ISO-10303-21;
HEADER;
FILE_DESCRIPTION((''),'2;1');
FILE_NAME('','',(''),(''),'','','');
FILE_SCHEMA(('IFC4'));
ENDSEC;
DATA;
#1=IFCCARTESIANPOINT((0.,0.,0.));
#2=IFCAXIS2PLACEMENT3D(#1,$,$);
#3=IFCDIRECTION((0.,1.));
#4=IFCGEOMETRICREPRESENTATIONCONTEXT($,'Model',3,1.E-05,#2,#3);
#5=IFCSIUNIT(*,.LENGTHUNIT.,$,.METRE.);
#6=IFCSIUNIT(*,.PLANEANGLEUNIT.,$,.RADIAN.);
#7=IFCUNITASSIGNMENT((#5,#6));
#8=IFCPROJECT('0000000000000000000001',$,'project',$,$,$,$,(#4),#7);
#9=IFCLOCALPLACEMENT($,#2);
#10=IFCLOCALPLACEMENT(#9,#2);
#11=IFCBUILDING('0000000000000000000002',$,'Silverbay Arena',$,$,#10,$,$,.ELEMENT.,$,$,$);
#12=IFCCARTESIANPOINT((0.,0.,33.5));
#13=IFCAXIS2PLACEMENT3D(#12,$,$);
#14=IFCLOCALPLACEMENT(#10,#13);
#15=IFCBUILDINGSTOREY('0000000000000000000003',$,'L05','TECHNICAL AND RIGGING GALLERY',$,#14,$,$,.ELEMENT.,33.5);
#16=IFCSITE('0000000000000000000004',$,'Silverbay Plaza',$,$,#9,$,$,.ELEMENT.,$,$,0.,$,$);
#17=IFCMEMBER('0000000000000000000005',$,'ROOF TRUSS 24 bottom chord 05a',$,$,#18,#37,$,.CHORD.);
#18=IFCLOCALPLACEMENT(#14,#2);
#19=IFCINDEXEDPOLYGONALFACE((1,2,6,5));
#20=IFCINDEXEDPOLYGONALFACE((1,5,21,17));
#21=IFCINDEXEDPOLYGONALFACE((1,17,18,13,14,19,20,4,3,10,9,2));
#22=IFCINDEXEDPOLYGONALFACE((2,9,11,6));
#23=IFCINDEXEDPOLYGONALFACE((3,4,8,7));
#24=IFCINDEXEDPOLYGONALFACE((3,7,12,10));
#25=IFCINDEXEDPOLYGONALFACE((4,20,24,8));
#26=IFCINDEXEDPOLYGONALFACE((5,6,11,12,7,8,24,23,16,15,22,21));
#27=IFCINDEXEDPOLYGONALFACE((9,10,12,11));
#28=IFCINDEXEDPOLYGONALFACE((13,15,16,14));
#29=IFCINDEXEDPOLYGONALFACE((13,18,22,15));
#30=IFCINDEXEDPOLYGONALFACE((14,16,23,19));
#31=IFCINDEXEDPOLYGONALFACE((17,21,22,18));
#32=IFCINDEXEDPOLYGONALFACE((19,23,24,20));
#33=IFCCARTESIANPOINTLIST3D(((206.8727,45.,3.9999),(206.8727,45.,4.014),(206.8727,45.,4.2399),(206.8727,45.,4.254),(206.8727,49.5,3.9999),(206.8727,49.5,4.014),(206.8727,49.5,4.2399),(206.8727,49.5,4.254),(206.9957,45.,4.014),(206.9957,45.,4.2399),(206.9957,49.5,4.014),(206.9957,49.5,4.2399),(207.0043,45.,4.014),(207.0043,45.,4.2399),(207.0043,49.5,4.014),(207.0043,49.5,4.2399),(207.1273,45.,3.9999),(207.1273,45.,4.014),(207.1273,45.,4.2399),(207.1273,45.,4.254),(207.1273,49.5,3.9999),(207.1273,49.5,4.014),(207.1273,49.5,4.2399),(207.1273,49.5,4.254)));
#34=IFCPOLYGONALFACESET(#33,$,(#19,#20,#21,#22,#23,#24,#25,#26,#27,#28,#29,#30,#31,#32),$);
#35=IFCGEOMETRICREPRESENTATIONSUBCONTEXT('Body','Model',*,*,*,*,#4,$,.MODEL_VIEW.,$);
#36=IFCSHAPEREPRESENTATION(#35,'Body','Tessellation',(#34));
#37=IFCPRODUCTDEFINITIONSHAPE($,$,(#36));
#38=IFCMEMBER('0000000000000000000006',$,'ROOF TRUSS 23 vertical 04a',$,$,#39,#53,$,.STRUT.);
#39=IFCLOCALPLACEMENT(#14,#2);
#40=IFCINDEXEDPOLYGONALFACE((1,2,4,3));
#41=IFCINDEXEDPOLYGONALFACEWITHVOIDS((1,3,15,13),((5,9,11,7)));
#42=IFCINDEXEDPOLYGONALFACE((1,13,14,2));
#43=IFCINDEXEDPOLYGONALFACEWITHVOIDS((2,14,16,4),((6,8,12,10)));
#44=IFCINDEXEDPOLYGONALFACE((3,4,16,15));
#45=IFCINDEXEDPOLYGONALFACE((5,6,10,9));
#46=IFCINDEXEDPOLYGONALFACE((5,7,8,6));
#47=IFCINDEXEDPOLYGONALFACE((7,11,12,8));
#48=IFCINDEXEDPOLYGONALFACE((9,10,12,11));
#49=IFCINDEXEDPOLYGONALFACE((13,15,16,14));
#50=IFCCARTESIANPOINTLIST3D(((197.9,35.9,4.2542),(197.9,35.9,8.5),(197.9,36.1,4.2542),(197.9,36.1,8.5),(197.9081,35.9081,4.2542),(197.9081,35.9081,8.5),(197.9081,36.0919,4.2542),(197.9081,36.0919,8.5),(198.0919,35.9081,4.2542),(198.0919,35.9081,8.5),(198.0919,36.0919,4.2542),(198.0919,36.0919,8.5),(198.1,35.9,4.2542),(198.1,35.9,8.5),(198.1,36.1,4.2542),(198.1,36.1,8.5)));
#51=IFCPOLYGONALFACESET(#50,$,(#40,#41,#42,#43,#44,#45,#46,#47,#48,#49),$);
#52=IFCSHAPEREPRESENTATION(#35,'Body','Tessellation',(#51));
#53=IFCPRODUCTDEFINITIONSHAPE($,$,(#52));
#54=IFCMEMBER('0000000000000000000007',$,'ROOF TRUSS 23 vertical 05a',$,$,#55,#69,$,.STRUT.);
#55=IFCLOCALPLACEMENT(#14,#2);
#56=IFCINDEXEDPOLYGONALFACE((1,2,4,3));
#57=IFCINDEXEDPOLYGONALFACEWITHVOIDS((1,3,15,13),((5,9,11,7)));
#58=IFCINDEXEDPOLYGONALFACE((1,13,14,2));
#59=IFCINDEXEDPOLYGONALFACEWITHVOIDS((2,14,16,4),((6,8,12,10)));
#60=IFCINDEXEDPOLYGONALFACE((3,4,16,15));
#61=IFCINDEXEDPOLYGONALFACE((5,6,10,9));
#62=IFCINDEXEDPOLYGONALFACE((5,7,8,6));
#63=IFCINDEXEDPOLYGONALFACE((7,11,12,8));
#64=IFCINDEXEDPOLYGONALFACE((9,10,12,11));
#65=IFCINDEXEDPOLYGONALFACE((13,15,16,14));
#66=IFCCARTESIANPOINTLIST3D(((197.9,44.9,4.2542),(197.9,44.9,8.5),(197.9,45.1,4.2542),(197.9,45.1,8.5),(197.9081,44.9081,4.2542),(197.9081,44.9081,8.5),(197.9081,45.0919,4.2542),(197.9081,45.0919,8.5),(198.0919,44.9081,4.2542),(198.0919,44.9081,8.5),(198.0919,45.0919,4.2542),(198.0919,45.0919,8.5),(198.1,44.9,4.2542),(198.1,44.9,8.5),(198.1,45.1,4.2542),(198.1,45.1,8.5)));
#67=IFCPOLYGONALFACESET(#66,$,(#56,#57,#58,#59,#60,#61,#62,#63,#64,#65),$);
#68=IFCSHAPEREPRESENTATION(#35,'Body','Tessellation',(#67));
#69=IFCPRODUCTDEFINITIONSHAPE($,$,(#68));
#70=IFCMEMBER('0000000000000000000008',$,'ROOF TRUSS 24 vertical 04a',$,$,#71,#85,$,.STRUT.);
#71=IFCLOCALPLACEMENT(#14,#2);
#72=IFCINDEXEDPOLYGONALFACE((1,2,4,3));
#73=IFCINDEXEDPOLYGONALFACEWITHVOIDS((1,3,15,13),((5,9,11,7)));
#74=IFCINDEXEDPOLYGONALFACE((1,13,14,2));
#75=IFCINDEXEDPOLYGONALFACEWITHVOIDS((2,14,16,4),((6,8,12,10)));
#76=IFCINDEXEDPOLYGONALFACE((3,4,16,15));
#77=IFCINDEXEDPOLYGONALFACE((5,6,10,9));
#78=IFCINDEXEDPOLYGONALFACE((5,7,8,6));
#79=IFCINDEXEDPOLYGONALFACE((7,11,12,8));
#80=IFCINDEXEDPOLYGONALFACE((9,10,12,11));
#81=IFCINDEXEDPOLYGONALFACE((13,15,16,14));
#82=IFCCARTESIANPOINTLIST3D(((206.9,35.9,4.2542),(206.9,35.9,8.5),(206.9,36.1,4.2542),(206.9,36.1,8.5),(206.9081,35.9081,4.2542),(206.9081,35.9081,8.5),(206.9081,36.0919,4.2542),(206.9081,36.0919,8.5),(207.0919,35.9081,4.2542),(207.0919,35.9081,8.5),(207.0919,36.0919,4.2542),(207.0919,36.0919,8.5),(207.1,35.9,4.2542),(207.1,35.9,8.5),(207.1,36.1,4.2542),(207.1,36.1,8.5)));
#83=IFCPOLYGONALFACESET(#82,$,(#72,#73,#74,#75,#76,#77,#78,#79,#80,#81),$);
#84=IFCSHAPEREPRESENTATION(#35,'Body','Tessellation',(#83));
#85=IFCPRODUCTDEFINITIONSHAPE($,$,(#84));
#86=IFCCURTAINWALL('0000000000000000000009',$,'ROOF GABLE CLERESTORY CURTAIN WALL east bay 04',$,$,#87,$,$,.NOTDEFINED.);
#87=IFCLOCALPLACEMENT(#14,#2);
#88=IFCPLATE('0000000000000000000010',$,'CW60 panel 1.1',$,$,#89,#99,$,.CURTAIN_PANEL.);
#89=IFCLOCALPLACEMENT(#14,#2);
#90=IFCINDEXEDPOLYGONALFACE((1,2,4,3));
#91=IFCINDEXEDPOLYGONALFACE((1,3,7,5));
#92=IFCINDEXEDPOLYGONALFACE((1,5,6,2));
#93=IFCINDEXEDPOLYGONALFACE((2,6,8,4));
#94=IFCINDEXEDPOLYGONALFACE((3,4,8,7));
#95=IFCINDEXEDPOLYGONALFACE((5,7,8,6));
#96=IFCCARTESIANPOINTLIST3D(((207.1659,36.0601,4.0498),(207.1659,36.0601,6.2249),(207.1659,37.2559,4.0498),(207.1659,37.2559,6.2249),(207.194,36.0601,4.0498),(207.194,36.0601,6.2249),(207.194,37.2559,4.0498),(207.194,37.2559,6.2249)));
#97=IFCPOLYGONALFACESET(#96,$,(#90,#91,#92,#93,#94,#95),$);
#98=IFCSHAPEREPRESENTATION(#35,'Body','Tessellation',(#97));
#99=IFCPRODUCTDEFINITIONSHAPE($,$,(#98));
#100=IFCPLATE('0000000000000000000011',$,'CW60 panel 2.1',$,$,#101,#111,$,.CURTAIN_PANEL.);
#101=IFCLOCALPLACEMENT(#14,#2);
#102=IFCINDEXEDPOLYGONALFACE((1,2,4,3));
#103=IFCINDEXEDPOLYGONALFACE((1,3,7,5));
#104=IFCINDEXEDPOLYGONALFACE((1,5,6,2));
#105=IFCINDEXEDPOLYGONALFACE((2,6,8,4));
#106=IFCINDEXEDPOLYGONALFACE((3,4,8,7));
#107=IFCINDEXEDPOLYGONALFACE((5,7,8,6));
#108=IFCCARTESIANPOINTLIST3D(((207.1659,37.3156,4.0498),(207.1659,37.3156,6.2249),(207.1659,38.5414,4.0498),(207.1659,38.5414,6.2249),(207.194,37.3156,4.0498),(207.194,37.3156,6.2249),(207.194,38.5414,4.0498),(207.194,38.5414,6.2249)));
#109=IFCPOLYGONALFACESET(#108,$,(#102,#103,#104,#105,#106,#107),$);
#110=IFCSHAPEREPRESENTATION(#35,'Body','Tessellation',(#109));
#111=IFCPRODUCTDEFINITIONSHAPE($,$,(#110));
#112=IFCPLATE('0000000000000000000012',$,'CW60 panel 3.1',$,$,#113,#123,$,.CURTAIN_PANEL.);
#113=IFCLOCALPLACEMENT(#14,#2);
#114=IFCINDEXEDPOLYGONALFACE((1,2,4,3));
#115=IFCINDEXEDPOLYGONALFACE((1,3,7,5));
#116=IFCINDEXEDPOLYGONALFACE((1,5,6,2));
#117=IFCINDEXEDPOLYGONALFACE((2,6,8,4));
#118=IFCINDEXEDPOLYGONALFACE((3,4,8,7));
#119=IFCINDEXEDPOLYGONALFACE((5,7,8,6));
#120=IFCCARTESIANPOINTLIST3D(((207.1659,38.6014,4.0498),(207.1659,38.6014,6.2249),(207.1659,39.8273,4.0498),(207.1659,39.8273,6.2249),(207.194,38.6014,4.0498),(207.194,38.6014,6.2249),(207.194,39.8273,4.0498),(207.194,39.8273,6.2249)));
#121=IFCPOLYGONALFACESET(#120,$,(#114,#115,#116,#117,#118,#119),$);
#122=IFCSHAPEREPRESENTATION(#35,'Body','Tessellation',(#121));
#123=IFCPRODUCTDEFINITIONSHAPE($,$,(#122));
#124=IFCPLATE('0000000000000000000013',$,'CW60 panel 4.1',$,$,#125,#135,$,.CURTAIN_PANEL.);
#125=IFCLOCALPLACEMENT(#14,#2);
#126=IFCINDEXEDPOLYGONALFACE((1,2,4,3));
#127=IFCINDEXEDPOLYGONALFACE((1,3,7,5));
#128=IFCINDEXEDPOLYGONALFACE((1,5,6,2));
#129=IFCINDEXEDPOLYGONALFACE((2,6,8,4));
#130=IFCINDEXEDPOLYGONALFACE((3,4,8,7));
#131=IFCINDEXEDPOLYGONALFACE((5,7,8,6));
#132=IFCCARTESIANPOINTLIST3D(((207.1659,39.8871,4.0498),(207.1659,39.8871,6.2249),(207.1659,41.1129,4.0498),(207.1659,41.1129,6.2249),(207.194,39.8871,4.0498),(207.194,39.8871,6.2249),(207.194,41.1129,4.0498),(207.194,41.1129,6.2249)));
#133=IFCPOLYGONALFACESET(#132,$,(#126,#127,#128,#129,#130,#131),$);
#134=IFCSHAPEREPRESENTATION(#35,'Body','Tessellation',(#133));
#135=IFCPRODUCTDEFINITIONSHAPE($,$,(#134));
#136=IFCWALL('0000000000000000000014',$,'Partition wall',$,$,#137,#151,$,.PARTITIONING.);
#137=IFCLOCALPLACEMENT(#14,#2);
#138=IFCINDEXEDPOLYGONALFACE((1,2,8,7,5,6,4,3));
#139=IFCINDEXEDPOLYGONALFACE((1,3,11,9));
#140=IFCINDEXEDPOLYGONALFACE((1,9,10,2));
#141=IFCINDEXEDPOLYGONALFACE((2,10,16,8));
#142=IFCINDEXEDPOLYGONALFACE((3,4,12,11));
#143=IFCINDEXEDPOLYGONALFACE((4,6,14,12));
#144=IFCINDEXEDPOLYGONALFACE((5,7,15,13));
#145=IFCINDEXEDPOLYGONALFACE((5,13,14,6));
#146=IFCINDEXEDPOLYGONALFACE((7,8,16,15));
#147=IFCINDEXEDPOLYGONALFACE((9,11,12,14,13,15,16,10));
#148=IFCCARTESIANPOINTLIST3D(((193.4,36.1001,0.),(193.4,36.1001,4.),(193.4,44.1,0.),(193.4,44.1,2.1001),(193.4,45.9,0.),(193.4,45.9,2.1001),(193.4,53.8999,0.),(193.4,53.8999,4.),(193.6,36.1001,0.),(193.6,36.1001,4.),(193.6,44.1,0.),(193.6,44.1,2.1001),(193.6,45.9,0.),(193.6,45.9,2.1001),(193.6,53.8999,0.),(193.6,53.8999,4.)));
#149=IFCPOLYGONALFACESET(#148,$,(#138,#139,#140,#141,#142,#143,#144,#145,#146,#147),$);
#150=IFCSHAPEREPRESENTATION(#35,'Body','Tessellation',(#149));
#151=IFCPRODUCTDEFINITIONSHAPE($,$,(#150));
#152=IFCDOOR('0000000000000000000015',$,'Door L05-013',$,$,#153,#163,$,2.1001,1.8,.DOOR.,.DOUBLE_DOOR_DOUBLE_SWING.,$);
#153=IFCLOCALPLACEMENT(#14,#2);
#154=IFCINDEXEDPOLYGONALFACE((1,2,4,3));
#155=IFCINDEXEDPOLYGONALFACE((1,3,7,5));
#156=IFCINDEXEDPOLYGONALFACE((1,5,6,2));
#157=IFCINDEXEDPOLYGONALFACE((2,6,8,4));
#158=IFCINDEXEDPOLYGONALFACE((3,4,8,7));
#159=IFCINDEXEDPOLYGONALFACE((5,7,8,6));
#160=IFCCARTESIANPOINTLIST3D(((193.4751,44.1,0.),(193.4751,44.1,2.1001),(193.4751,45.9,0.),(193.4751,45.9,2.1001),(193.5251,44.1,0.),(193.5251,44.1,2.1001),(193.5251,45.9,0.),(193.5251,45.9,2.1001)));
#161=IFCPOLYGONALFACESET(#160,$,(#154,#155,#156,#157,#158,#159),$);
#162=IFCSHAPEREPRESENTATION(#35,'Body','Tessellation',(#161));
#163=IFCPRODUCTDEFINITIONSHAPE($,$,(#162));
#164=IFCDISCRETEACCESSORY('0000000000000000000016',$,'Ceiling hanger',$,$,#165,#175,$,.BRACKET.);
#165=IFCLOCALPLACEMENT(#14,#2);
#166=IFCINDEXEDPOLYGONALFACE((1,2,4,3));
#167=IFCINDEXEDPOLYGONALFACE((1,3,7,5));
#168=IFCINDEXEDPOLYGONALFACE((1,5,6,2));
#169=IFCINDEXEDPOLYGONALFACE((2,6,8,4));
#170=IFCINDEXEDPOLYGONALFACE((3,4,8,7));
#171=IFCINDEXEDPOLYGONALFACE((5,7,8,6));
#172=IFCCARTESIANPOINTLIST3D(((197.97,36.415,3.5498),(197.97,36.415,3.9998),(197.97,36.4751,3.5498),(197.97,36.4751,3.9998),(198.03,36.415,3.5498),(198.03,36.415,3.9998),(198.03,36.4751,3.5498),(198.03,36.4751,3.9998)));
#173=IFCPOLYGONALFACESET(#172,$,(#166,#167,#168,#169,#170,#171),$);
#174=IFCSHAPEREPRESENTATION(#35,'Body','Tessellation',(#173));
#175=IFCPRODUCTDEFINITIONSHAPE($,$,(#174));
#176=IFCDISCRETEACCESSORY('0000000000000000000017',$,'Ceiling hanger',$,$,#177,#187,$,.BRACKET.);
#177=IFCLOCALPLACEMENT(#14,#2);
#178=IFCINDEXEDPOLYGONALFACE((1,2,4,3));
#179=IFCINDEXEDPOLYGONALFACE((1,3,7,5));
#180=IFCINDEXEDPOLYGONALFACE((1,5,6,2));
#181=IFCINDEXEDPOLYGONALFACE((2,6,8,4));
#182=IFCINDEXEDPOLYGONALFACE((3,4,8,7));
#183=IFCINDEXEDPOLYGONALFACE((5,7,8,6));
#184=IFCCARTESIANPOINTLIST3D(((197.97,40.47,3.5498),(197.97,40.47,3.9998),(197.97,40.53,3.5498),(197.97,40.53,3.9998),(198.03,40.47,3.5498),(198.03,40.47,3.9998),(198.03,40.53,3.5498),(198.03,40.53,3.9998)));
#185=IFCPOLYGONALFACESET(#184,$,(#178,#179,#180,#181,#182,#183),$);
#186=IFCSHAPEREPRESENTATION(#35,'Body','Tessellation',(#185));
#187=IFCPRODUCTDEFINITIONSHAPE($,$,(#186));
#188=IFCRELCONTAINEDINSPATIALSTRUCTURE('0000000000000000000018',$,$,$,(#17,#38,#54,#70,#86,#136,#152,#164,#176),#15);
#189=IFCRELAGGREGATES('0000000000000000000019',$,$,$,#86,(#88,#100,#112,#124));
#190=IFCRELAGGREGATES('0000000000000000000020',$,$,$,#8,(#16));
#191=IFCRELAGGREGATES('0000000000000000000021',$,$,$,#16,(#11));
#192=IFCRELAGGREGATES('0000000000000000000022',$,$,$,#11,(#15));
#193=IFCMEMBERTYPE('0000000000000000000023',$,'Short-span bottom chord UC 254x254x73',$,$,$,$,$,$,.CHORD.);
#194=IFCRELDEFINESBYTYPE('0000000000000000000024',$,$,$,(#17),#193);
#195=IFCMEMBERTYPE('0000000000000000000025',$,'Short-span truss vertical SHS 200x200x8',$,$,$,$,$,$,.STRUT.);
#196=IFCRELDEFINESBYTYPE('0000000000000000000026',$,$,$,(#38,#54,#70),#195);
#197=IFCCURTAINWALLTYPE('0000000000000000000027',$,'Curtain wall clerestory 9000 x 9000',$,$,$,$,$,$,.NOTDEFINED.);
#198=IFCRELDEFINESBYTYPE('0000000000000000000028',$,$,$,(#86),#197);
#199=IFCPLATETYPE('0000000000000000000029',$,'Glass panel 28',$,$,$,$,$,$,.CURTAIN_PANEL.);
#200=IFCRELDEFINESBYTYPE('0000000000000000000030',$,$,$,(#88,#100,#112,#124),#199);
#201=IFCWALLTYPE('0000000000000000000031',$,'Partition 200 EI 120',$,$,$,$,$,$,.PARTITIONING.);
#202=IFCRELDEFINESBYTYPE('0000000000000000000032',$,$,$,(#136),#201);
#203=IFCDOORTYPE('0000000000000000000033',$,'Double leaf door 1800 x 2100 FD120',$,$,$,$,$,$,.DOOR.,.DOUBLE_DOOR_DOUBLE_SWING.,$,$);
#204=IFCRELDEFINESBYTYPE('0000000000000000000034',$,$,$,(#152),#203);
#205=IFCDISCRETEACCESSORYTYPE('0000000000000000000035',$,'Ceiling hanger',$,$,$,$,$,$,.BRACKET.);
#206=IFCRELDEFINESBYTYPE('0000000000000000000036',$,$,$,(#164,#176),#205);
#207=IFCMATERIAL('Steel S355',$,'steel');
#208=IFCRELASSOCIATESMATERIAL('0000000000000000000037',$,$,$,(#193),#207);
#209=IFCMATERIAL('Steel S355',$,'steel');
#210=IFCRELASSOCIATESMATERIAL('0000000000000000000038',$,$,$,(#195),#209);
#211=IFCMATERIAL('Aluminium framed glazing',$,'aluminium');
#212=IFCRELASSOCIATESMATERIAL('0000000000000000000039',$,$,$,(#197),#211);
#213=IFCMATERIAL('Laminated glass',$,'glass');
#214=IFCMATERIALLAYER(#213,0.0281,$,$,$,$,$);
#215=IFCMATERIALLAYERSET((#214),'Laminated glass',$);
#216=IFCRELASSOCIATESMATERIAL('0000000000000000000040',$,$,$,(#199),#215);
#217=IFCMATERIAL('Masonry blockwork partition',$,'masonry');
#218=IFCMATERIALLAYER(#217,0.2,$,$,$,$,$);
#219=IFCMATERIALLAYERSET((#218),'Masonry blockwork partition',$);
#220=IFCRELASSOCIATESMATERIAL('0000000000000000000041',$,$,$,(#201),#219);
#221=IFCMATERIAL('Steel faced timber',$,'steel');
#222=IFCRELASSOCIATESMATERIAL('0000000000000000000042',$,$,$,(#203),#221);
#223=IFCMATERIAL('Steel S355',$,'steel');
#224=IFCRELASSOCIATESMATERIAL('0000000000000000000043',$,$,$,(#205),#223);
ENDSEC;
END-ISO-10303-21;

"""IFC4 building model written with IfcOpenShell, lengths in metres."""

from ifc_helpers import new_model, si_unit, direction, frame, frame_2d, origin, origin_2d, place, context, subcontext, project, spatial, rectangle, hollow_rectangle, i_section, extrude, material, layer, layer_set, material_profile, profile_set, type_object, element, fill, aggregate, save


model = new_model("IFC4")

# Units and contexts
model_context = context("Model", 3, precision=1e-05, world=origin(), true_north=direction((0.0, 1.0)))
body_context = subcontext(model_context, "Body", "Model", "MODEL_VIEW")
ifc_project = project(units=[si_unit("LENGTHUNIT", "METRE"), si_unit("PLANEANGLEUNIT", "RADIAN")], contexts=[model_context])

# Site, building, storey
site_placement = place(None, origin())
site = spatial("IfcSite", under=ifc_project, at=site_placement, Name="Silverbay Plaza", CompositionType="ELEMENT", RefElevation=0.0)
building_placement = place(site_placement, origin())
building = spatial("IfcBuilding", under=site, at=building_placement, Name="Silverbay Arena", CompositionType="ELEMENT")
storey_placement = place(building_placement, frame((0.0, 0.0, 33.5)))
storey = spatial("IfcBuildingStorey", under=building, at=storey_placement, Name="L05", Description="TECHNICAL AND RIGGING GALLERY", CompositionType="ELEMENT", Elevation=33.5)

# Members
ifc_material_1 = material(Name="Steel S355", Category="steel")
ifc_material_profile_1 = material_profile(ifc_material_1, i_section(OverallWidth=0.2546, OverallDepth=0.2542, WebThickness=0.0085, FlangeThickness=0.0142, at=origin_2d()), Name="UC 254x254x73")
ifc_profile_set_1 = profile_set([ifc_material_profile_1], Name="Steel S355")
member_type_1 = type_object("IfcMemberType", Name="Short-span bottom chord UC 254x254x73", PredefinedType="CHORD", material=ifc_profile_set_1)
for number, where, z_axis, x_axis, name in (
    (1, (207.0, 45.0, 4.127), (0.0, 1.0, 0.0), (-1.0, 0.0, 0.0), "ROOF TRUSS 24 bottom chord 05a"),
):
    element("IfcMember", number, at=place(storey_placement, frame(where, z_axis=z_axis, x_axis=x_axis)), inside=storey, type_object=member_type_1, Name=name, PredefinedType="CHORD", context=body_context, shape_type="SweptSolid", body=[
        extrude(i_section(OverallWidth=0.2546, OverallDepth=0.2542, WebThickness=0.0085, FlangeThickness=0.0142, at=origin_2d()), origin(), (0.0, 0.0, 1.0), 4.5),
    ])
ifc_material_2 = material(Name="Steel S355", Category="steel")
ifc_material_profile_2 = material_profile(ifc_material_2, hollow_rectangle(XDim=0.2, YDim=0.2, WallThickness=0.0081, at=origin_2d()), Name="SHS 200x200x8")
ifc_profile_set_2 = profile_set([ifc_material_profile_2], Name="Steel S355")
member_type_2 = type_object("IfcMemberType", Name="Short-span truss vertical SHS 200x200x8", PredefinedType="STRUT", material=ifc_profile_set_2)
for number, where, z_axis, x_axis, name in (
    (2, (198.0, 36.0, 4.2542), (0.0, 0.0, 1.0), (1.0, 0.0, 0.0), "ROOF TRUSS 23 vertical 04a"),
    (3, (198.0, 45.0, 4.2542), (0.0, 0.0, 1.0), (1.0, 0.0, 0.0), "ROOF TRUSS 23 vertical 05a"),
    (4, (207.0, 36.0, 4.2542), (0.0, 0.0, 1.0), (1.0, 0.0, 0.0), "ROOF TRUSS 24 vertical 04a"),
):
    element("IfcMember", number, at=place(storey_placement, frame(where, z_axis=z_axis, x_axis=x_axis)), inside=storey, type_object=member_type_2, Name=name, PredefinedType="STRUT", context=body_context, shape_type="SweptSolid", body=[
        extrude(hollow_rectangle(XDim=0.2, YDim=0.2, WallThickness=0.0081, at=origin_2d()), origin(), (0.0, 0.0, 1.0), 4.2458),
    ])

# Curtain wall, plates
ifc_material_3 = material(Name="Aluminium framed glazing", Category="aluminium")
curtain_wall_type = type_object("IfcCurtainWallType", Name="Curtain wall clerestory 9000 x 9000", PredefinedType="NOTDEFINED", material=ifc_material_3)
curtain_wall_placement = place(storey_placement, origin())
curtain_wall = element("IfcCurtainWall", 5, at=curtain_wall_placement, inside=storey, type_object=curtain_wall_type, Name="ROOF GABLE CLERESTORY CURTAIN WALL east bay 04", PredefinedType="NOTDEFINED")
ifc_material_4 = material(Name="Laminated glass", Category="glass")
ifc_layer_1 = layer(ifc_material_4, 0.0281)
ifc_layer_set_1 = layer_set([ifc_layer_1], Name="Laminated glass")
plate_type = type_object("IfcPlateType", Name="Glass panel 28", PredefinedType="CURTAIN_PANEL", material=ifc_layer_set_1)
plate_1_placement = place(storey_placement, frame((207.1799, 36.658, 4.0498), z_axis=(0.0, 0.0, 1.0), x_axis=(0.0, 1.0, 0.0)))
plate_1 = element("IfcPlate", 6, at=plate_1_placement, type_object=plate_type, Name="CW60 panel 1.1", PredefinedType="CURTAIN_PANEL", context=body_context, shape_type="SweptSolid", body=[
    extrude(rectangle(XDim=1.1958, YDim=0.0281, at=origin_2d()), origin(), (0.0, 0.0, 1.0), 2.175),
])
plate_2_placement = place(storey_placement, frame((207.1799, 37.9285, 4.0498), z_axis=(0.0, 0.0, 1.0), x_axis=(0.0, 1.0, 0.0)))
plate_2 = element("IfcPlate", 7, at=plate_2_placement, type_object=plate_type, Name="CW60 panel 2.1", PredefinedType="CURTAIN_PANEL", context=body_context, shape_type="SweptSolid", body=[
    extrude(rectangle(XDim=1.2258, YDim=0.0281, at=origin_2d()), origin(), (0.0, 0.0, 1.0), 2.175),
])
plate_3_placement = place(storey_placement, frame((207.1799, 39.2144, 4.0498), z_axis=(0.0, 0.0, 1.0), x_axis=(0.0, 1.0, 0.0)))
plate_3 = element("IfcPlate", 8, at=plate_3_placement, type_object=plate_type, Name="CW60 panel 3.1", PredefinedType="CURTAIN_PANEL", context=body_context, shape_type="SweptSolid", body=[
    extrude(rectangle(XDim=1.2258, YDim=0.0281, at=origin_2d()), origin(), (0.0, 0.0, 1.0), 2.175),
])
plate_4_placement = place(storey_placement, frame((207.1799, 40.5, 4.0498), z_axis=(0.0, 0.0, 1.0), x_axis=(0.0, 1.0, 0.0)))
plate_4 = element("IfcPlate", 9, at=plate_4_placement, type_object=plate_type, Name="CW60 panel 4.1", PredefinedType="CURTAIN_PANEL", context=body_context, shape_type="SweptSolid", body=[
    extrude(rectangle(XDim=1.2258, YDim=0.0281, at=origin_2d()), origin(), (0.0, 0.0, 1.0), 2.175),
])
aggregate(curtain_wall, [plate_1, plate_2, plate_3, plate_4])

# Wall, opening, door
ifc_material_5 = material(Name="Masonry blockwork partition", Category="masonry")
ifc_layer_2 = layer(ifc_material_5, 0.2)
ifc_layer_set_2 = layer_set([ifc_layer_2], Name="Masonry blockwork partition")
wall_type = type_object("IfcWallType", Name="Partition 200 EI 120", PredefinedType="PARTITIONING", material=ifc_layer_set_2)
wall_placement = place(storey_placement, frame((193.5, 36.1001, 0.0), z_axis=(0.0, 0.0, 1.0), x_axis=(0.0, 1.0, 0.0)))
wall = element("IfcWall", 10, at=wall_placement, inside=storey, type_object=wall_type, Name="Partition wall", PredefinedType="PARTITIONING", context=body_context, shape_type="SweptSolid", body=[
    extrude(rectangle(XDim=17.7998, YDim=0.2, at=frame_2d((8.8999, 0.0))), origin(), (0.0, 0.0, 1.0), 4.0),
])
opening_placement = place(wall_placement, frame((8.0, 0.0, 0.0)))
opening = element("IfcOpeningElement", 11, at=opening_placement, cuts=wall, PredefinedType="OPENING", context=body_context, shape_type="SweptSolid", body=[
    extrude(rectangle(XDim=1.8, YDim=2.1001, at=frame_2d((0.8999, 1.05))), frame((0.0, 0.1099, 0.0), z_axis=(0.0, -1.0, 0.0), x_axis=(1.0, 0.0, 0.0)), (0.0, 0.0, 1.0), 0.22),
])
ifc_material_6 = material(Name="Steel faced timber", Category="steel")
door_type = type_object("IfcDoorType", Name="Double leaf door 1800 x 2100 FD120", OperationType="DOUBLE_DOOR_DOUBLE_SWING", PredefinedType="DOOR", material=ifc_material_6)
door_placement = place(opening_placement, origin())
door = element("IfcDoor", 12, at=door_placement, inside=storey, type_object=door_type, Name="Door L05-013", OperationType="DOUBLE_DOOR_DOUBLE_SWING", OverallHeight=2.1001, OverallWidth=1.8, PredefinedType="DOOR", context=body_context, shape_type="SweptSolid", body=[
    extrude(rectangle(XDim=1.8, YDim=2.1001, at=frame_2d((0.8999, 1.05))), frame((0.0, 0.0249, 0.0), z_axis=(0.0, -1.0, 0.0), x_axis=(1.0, 0.0, 0.0)), (0.0, 0.0, 1.0), 0.05),
])
fill(opening, door)

# Discrete accessories
ifc_material_7 = material(Name="Steel S355", Category="steel")
discrete_accessory_type_1 = type_object("IfcDiscreteAccessoryType", Name="Ceiling hanger", PredefinedType="BRACKET", material=ifc_material_7)
for number, where, z_axis, x_axis, name in (
    (13, (198.0, 36.4451, 3.5498), (0.0, 0.0, 1.0), (1.0, 0.0, 0.0), "Ceiling hanger"),
    (14, (198.0, 40.5, 3.5498), (0.0, 0.0, 1.0), (1.0, 0.0, 0.0), "Ceiling hanger"),
):
    element("IfcDiscreteAccessory", number, at=place(storey_placement, frame(where, z_axis=z_axis, x_axis=x_axis)), inside=storey, type_object=discrete_accessory_type_1, Name=name, PredefinedType="BRACKET", context=body_context, shape_type="SweptSolid", body=[
        extrude(rectangle(XDim=0.0601, YDim=0.0601, at=origin_2d()), origin(), (0.0, 0.0, 1.0), 0.45),
    ])

save(model, "model.ifc")
